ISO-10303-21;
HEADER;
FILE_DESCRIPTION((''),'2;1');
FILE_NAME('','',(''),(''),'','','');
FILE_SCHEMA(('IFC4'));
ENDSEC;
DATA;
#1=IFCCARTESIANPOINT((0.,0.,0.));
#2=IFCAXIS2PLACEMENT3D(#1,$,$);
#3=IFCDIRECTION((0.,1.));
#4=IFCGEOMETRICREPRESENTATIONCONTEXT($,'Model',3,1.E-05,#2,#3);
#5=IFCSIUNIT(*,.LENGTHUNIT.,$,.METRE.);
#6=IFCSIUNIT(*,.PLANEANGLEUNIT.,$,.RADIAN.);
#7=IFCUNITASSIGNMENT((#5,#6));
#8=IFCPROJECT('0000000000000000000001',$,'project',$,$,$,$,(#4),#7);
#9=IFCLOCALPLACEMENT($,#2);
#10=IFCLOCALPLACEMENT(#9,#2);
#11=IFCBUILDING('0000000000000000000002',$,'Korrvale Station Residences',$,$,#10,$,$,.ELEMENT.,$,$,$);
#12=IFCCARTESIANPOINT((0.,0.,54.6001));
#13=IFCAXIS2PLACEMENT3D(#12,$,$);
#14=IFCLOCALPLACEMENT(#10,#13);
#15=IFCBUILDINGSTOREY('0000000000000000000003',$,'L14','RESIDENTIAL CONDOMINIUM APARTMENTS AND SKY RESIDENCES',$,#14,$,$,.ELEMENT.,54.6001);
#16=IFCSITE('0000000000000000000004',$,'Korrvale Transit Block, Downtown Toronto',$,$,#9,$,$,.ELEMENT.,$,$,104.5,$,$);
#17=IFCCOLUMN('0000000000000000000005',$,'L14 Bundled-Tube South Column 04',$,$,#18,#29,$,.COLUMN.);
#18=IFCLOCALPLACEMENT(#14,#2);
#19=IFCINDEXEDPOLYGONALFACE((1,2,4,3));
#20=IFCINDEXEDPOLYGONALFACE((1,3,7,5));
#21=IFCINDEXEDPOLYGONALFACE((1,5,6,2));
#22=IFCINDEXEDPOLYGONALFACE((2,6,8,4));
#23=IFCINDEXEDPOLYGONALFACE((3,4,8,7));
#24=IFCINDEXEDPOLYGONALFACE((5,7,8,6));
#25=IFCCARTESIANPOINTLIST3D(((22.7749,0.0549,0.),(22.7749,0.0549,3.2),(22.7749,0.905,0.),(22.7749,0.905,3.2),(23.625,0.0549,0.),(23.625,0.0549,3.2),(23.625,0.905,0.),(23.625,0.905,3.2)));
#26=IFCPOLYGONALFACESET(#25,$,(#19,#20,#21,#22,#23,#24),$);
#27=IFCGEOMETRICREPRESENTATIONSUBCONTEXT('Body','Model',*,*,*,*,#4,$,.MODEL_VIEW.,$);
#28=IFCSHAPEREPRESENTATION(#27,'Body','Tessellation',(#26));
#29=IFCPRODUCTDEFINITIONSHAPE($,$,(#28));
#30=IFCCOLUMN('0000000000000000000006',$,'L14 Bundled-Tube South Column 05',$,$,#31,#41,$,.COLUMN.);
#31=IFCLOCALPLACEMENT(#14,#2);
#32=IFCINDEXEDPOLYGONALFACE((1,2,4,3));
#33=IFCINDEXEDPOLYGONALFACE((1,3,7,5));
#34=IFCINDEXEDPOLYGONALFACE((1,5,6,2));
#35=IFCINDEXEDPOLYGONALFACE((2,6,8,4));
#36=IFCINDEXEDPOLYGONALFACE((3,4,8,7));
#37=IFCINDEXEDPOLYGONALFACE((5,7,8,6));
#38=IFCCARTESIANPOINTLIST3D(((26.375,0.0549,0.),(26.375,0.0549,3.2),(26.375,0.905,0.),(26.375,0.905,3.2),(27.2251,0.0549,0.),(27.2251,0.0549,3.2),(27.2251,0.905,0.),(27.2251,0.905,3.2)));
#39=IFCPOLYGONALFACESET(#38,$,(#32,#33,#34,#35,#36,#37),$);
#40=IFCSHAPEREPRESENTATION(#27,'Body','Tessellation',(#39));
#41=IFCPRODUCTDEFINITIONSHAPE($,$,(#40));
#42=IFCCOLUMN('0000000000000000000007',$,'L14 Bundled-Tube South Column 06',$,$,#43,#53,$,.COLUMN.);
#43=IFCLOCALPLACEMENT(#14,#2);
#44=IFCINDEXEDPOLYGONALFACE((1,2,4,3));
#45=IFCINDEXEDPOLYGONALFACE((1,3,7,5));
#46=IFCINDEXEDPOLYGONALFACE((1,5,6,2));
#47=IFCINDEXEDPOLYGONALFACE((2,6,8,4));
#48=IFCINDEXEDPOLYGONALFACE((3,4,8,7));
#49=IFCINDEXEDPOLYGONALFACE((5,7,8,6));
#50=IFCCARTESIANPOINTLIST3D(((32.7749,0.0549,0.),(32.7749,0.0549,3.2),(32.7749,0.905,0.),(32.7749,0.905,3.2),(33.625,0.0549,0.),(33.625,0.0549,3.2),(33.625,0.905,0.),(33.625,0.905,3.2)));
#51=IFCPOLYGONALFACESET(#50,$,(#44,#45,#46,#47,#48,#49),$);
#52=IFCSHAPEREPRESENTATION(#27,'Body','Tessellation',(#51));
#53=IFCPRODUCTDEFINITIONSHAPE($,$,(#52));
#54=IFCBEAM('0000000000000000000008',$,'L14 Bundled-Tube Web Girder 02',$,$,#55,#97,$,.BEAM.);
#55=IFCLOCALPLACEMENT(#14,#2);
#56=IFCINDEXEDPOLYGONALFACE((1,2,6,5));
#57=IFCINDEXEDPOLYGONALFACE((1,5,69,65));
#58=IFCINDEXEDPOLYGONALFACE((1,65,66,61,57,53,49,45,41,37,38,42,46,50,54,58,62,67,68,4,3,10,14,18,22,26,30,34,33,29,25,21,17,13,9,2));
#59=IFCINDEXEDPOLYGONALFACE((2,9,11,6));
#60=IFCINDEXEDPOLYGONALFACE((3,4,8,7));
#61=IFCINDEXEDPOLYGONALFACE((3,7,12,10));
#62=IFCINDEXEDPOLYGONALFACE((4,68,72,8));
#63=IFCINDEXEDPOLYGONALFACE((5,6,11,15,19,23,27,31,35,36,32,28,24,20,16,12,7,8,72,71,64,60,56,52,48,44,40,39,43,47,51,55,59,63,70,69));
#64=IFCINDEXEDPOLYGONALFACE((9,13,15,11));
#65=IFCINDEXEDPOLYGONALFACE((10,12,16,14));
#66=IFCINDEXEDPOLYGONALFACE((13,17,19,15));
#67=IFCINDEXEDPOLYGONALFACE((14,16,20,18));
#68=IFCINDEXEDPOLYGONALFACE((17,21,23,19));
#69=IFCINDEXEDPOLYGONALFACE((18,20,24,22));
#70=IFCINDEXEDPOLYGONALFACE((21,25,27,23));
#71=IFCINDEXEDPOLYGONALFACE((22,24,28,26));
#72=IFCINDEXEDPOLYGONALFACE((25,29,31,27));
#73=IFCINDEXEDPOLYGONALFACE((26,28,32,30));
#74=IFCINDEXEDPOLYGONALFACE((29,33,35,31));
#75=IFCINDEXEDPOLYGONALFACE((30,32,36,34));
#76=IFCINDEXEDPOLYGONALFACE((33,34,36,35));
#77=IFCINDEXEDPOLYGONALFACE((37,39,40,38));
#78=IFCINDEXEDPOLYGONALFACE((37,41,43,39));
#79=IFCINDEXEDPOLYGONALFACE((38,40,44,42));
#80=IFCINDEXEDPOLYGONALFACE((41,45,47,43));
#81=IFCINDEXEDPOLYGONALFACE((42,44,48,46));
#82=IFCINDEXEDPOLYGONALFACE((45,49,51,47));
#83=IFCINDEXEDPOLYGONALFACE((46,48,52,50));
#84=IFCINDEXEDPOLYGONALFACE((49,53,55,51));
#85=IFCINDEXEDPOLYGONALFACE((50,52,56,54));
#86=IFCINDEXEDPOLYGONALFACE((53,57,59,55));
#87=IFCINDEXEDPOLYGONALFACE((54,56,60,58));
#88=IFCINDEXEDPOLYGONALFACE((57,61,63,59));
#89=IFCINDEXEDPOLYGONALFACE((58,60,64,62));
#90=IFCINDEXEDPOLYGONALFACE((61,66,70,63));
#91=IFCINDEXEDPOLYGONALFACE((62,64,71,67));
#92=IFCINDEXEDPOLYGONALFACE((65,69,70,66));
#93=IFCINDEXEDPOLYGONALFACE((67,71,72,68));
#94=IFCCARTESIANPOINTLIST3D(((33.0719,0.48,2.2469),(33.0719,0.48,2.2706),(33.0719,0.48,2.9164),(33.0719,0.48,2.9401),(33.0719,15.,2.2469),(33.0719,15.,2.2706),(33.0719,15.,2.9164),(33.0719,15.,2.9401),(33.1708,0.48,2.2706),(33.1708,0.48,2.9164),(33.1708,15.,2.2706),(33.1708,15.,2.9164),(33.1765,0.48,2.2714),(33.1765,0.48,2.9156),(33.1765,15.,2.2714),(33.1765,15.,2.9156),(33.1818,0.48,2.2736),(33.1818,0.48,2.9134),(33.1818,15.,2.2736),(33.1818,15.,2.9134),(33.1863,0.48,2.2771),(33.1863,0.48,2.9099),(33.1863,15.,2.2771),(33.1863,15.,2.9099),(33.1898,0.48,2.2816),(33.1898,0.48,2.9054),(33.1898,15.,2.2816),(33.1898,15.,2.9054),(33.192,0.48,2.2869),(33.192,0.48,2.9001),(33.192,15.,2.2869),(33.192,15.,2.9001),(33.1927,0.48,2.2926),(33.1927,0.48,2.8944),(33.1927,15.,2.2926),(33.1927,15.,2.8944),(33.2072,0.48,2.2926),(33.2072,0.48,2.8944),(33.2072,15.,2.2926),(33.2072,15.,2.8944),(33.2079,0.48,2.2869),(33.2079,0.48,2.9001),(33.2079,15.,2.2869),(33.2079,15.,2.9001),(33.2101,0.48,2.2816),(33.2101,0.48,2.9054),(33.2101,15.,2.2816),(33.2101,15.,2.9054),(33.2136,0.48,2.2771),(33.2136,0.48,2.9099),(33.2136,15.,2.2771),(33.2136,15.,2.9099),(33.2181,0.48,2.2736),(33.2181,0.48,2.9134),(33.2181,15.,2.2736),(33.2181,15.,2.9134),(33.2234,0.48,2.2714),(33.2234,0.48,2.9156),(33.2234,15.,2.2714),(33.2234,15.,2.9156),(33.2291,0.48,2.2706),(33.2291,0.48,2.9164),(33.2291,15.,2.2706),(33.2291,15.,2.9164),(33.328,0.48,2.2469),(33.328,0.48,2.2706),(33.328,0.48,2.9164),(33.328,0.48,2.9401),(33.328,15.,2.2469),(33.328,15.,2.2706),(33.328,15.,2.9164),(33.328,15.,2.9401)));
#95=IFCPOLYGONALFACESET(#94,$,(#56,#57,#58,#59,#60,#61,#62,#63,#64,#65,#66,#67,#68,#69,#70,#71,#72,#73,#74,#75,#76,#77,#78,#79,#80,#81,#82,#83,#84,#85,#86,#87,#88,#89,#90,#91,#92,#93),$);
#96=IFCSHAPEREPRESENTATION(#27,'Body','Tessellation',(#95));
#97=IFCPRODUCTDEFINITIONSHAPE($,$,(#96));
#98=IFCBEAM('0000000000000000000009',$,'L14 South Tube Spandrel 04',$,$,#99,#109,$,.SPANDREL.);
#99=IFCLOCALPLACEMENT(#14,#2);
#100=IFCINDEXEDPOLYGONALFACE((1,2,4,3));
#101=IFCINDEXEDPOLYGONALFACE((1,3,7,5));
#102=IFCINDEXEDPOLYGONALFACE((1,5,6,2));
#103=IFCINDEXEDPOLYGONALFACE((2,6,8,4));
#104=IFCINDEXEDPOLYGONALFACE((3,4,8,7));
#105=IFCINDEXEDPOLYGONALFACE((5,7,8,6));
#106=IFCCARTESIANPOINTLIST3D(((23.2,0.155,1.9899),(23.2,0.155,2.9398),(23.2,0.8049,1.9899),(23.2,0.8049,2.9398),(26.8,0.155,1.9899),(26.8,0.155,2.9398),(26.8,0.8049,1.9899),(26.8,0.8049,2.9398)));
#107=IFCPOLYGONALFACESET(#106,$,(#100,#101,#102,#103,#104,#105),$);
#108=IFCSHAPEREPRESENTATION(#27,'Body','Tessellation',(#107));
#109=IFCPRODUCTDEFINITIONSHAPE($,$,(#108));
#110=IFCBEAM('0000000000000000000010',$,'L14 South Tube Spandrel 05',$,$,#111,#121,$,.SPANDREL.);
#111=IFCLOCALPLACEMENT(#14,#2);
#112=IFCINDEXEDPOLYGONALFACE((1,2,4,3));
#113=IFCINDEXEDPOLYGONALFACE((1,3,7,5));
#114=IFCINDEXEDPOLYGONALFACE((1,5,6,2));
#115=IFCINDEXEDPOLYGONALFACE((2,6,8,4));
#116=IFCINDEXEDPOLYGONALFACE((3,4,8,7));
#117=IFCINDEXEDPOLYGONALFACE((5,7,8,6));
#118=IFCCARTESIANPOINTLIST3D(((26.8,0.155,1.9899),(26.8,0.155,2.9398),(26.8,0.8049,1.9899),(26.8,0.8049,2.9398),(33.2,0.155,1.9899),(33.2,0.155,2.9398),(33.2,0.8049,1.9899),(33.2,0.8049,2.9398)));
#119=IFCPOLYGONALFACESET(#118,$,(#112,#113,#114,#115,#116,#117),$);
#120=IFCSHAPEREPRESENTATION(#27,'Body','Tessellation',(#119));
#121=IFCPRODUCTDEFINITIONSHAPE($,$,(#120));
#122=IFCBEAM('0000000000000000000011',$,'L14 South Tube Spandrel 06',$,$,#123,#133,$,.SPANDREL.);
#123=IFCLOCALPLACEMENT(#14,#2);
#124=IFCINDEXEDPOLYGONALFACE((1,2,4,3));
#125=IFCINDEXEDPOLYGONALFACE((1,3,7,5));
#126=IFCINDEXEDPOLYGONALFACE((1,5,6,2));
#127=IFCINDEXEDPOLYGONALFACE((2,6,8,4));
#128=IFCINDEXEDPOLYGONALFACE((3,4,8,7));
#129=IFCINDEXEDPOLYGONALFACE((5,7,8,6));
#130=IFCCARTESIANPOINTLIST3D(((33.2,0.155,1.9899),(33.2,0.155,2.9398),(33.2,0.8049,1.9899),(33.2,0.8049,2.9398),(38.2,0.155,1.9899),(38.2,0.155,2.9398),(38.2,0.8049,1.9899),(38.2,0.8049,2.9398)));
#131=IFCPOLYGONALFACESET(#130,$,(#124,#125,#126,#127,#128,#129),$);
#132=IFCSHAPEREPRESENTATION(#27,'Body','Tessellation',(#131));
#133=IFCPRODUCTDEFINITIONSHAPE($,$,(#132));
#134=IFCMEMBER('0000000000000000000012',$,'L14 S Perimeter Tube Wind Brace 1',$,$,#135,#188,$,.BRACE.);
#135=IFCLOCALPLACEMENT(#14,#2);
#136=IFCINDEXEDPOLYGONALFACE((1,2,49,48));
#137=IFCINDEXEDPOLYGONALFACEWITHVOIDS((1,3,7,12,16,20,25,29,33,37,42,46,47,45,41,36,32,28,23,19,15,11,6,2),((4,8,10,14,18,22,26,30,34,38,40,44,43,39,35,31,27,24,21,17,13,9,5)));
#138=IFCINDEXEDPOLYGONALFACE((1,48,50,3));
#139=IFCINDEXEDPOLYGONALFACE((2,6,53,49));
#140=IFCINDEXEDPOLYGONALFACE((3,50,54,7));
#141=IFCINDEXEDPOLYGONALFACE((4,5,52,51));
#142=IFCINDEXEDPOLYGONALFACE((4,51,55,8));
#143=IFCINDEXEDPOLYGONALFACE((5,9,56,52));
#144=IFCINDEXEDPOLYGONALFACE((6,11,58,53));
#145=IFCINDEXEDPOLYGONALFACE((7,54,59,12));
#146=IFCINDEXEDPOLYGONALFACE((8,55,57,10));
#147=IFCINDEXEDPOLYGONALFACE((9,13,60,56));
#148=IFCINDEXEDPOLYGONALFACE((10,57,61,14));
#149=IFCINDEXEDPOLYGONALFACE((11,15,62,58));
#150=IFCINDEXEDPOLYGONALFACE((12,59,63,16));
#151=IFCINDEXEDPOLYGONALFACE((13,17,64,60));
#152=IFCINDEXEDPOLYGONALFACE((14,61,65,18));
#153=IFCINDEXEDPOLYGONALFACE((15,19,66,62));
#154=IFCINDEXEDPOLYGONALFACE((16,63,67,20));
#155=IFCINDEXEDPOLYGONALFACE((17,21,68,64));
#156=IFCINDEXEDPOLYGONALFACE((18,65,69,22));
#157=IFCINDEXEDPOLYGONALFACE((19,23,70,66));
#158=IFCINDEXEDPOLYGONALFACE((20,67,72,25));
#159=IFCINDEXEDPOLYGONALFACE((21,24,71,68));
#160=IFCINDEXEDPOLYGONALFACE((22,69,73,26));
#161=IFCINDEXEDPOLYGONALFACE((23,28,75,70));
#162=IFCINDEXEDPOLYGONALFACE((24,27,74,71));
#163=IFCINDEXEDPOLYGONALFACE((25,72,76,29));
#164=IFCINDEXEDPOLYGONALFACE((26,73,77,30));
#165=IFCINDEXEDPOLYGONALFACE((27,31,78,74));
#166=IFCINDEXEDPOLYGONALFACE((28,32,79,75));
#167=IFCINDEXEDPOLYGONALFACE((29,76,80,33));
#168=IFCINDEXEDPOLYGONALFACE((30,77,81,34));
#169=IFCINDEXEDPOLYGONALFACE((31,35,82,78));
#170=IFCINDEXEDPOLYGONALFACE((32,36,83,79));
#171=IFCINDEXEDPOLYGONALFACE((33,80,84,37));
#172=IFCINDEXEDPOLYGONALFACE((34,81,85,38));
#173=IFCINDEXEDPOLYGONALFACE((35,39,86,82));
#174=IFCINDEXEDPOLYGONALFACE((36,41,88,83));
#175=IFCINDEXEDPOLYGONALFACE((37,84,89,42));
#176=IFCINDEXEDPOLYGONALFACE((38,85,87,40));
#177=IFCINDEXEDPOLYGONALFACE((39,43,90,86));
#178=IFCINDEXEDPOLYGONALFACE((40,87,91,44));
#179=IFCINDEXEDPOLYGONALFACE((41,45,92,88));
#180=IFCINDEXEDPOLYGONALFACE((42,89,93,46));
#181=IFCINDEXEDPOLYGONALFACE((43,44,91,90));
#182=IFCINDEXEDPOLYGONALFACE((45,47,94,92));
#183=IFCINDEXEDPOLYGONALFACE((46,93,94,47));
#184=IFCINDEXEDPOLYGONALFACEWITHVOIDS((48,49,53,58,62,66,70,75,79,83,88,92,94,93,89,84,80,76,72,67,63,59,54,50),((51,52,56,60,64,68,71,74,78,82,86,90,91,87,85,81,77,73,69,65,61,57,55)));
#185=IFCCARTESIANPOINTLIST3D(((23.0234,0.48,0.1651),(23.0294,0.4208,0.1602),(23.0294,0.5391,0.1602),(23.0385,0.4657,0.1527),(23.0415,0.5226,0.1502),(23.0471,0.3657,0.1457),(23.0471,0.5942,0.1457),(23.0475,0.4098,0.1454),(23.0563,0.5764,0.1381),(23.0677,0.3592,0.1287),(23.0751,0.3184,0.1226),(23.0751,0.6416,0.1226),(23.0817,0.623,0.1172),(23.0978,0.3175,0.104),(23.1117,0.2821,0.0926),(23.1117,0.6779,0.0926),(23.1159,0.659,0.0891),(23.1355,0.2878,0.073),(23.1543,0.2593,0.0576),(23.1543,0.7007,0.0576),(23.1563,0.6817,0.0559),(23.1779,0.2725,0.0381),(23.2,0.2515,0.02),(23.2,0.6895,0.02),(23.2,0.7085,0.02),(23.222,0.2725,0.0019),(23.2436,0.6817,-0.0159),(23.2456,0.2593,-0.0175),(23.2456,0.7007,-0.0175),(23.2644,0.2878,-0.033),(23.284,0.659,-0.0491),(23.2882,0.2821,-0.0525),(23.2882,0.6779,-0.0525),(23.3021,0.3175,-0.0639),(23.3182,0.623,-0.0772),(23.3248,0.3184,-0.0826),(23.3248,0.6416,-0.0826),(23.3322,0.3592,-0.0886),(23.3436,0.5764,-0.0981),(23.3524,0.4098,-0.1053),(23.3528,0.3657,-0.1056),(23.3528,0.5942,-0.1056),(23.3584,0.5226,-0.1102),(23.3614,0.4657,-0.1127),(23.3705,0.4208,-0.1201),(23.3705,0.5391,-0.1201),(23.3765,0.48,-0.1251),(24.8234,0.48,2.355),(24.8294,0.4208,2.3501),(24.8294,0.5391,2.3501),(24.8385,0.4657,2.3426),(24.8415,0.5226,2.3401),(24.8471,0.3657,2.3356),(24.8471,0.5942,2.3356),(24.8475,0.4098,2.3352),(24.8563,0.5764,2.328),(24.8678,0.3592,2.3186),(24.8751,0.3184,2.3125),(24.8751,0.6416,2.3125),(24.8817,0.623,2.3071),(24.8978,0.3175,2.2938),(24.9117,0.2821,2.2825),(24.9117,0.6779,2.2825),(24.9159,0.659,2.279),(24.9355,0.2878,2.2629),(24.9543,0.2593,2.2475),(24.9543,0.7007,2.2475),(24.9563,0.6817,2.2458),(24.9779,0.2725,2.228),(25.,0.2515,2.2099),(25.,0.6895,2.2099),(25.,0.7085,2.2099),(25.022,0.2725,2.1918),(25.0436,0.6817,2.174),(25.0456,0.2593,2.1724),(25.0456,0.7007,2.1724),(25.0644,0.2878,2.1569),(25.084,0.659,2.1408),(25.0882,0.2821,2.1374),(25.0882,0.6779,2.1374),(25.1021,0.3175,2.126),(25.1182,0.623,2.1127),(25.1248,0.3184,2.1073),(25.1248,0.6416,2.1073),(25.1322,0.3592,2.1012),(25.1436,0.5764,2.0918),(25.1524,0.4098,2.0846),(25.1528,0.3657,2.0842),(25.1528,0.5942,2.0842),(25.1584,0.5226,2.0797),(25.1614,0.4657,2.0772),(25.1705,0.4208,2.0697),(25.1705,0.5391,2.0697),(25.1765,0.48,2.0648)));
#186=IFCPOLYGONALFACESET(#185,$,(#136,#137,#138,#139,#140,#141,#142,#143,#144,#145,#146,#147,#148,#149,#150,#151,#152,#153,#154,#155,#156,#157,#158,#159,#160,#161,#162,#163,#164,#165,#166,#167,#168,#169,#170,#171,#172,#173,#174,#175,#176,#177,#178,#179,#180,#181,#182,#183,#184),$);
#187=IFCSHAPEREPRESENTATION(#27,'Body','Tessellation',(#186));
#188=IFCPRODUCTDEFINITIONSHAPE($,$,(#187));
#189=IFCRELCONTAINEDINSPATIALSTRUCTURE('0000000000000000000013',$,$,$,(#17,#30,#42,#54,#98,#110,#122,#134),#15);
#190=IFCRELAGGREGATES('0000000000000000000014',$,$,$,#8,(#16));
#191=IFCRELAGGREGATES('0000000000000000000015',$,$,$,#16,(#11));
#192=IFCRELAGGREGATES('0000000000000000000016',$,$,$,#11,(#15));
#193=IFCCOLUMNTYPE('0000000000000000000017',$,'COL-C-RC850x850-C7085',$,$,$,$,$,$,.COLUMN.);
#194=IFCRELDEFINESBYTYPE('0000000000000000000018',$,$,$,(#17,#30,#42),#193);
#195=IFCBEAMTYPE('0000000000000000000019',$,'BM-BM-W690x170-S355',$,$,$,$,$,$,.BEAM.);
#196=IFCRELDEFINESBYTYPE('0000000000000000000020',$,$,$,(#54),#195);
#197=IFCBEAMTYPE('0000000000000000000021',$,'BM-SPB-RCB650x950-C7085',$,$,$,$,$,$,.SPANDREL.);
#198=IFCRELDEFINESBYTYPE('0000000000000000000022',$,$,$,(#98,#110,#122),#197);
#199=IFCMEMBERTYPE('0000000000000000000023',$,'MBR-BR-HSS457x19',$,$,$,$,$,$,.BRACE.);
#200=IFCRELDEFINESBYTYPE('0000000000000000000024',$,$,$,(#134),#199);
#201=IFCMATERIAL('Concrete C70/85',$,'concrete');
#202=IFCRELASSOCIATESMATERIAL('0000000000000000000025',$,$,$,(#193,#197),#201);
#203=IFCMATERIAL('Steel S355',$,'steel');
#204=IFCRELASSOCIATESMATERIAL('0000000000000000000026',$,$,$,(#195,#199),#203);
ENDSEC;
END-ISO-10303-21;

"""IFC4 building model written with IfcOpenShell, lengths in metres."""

from ifc_helpers import new_model, si_unit, direction, frame, origin, origin_2d, place, context, subcontext, project, spatial, rectangle, hollow_circle, i_section, extrude, material, material_profile, profile_set, type_object, element, save


model = new_model("IFC4")

# Units and contexts
model_context = context("Model", 3, precision=1e-05, world=origin(), true_north=direction((0.0, 1.0)))
body_context = subcontext(model_context, "Body", "Model", "MODEL_VIEW")
ifc_project = project(units=[si_unit("LENGTHUNIT", "METRE"), si_unit("PLANEANGLEUNIT", "RADIAN")], contexts=[model_context])

# Site, building, storey
site_placement = place(None, origin())
site = spatial("IfcSite", under=ifc_project, at=site_placement, Name="Korrvale Transit Block, Downtown Toronto", CompositionType="ELEMENT", RefElevation=104.5)
building_placement = place(site_placement, origin())
building = spatial("IfcBuilding", under=site, at=building_placement, Name="Korrvale Station Residences", CompositionType="ELEMENT")
storey_placement = place(building_placement, frame((0.0, 0.0, 54.6001)))
storey = spatial("IfcBuildingStorey", under=building, at=storey_placement, Name="L14", Description="RESIDENTIAL CONDOMINIUM APARTMENTS AND SKY RESIDENCES", CompositionType="ELEMENT", Elevation=54.6001)

# Columns
ifc_material_1 = material(Name="Concrete C70/85", Category="concrete")
ifc_material_profile_1 = material_profile(ifc_material_1, rectangle(XDim=0.8501, YDim=0.8501, at=origin_2d()), Name="RC850x850")
ifc_profile_set_1 = profile_set([ifc_material_profile_1], Name="Concrete C70/85")
column_type = type_object("IfcColumnType", Name="COL-C-RC850x850-C7085", PredefinedType="COLUMN", material=ifc_profile_set_1)
for number, where, z_axis, x_axis, name in (
    (1, (23.2, 0.48, 0.0), (0.0, 0.0, 1.0), (1.0, 0.0, 0.0), "L14 Bundled-Tube South Column 04"),
    (2, (26.8, 0.48, 0.0), (0.0, 0.0, 1.0), (1.0, 0.0, 0.0), "L14 Bundled-Tube South Column 05"),
    (3, (33.2, 0.48, 0.0), (0.0, 0.0, 1.0), (1.0, 0.0, 0.0), "L14 Bundled-Tube South Column 06"),
):
    element("IfcColumn", number, at=place(storey_placement, frame(where, z_axis=z_axis, x_axis=x_axis)), inside=storey, type_object=column_type, Name=name, PredefinedType="COLUMN", context=body_context, shape_type="SweptSolid", body=[
        extrude(rectangle(XDim=0.8501, YDim=0.8501, at=origin_2d()), origin(), (0.0, 0.0, 1.0), 3.2),
    ])

# Beams
ifc_material_2 = material(Name="Steel S355", Category="steel")
ifc_material_profile_2 = material_profile(ifc_material_2, i_section(OverallWidth=0.2561, OverallDepth=0.6931, WebThickness=0.0144, FlangeThickness=0.0237, FilletRadius=0.022, at=origin_2d()), Name="W690x170")
ifc_profile_set_2 = profile_set([ifc_material_profile_2], Name="Steel S355")
beam_type_1 = type_object("IfcBeamType", Name="BM-BM-W690x170-S355", PredefinedType="BEAM", material=ifc_profile_set_2)
beam_1_placement = place(storey_placement, frame((33.2, 0.48, 2.5935), z_axis=(0.0, 1.0, 0.0), x_axis=(-1.0, 0.0, 0.0)))
element("IfcBeam", 4, at=beam_1_placement, inside=storey, type_object=beam_type_1, Name="L14 Bundled-Tube Web Girder 02", PredefinedType="BEAM", context=body_context, shape_type="SweptSolid", body=[
    extrude(i_section(OverallWidth=0.2561, OverallDepth=0.6931, WebThickness=0.0144, FlangeThickness=0.0237, FilletRadius=0.022, at=origin_2d()), origin(), (0.0, 0.0, 1.0), 14.52),
])
ifc_material_profile_3 = material_profile(ifc_material_1, rectangle(XDim=0.6499, YDim=0.95, at=origin_2d()), Name="RCB650x950")
ifc_profile_set_3 = profile_set([ifc_material_profile_3], Name="Concrete C70/85")
beam_type_2 = type_object("IfcBeamType", Name="BM-SPB-RCB650x950-C7085", PredefinedType="SPANDREL", material=ifc_profile_set_3)
beam_2_placement = place(storey_placement, frame((23.2, 0.48, 2.4648), z_axis=(1.0, 0.0, 0.0), x_axis=(0.0, 1.0, 0.0)))
element("IfcBeam", 5, at=beam_2_placement, inside=storey, type_object=beam_type_2, Name="L14 South Tube Spandrel 04", PredefinedType="SPANDREL", context=body_context, shape_type="SweptSolid", body=[
    extrude(rectangle(XDim=0.6499, YDim=0.95, at=origin_2d()), origin(), (0.0, 0.0, 1.0), 3.6001),
])
beam_3_placement = place(storey_placement, frame((26.8, 0.48, 2.4648), z_axis=(1.0, 0.0, 0.0), x_axis=(0.0, 1.0, 0.0)))
element("IfcBeam", 6, at=beam_3_placement, inside=storey, type_object=beam_type_2, Name="L14 South Tube Spandrel 05", PredefinedType="SPANDREL", context=body_context, shape_type="SweptSolid", body=[
    extrude(rectangle(XDim=0.6499, YDim=0.95, at=origin_2d()), origin(), (0.0, 0.0, 1.0), 6.3999),
])
beam_4_placement = place(storey_placement, frame((33.2, 0.48, 2.4648), z_axis=(1.0, 0.0, 0.0), x_axis=(0.0, 1.0, 0.0)))
element("IfcBeam", 7, at=beam_4_placement, inside=storey, type_object=beam_type_2, Name="L14 South Tube Spandrel 06", PredefinedType="SPANDREL", context=body_context, shape_type="SweptSolid", body=[
    extrude(rectangle(XDim=0.6499, YDim=0.95, at=origin_2d()), origin(), (0.0, 0.0, 1.0), 5.0),
])

# Member
ifc_material_profile_4 = material_profile(ifc_material_2, hollow_circle(Radius=0.2285, WallThickness=0.019, at=origin_2d()), Name="HSS457x19")
ifc_profile_set_4 = profile_set([ifc_material_profile_4], Name="Steel S355")
member_type = type_object("IfcMemberType", Name="MBR-BR-HSS457x19", PredefinedType="BRACE", material=ifc_profile_set_4)
for number, where, z_axis, x_axis, name in (
    (8, (23.2, 0.48, 0.02), (0.634985, 0.0, 0.772524), (0.0, 1.0, 0.0), "L14 S Perimeter Tube Wind Brace 1"),
):
    element("IfcMember", number, at=place(storey_placement, frame(where, z_axis=z_axis, x_axis=x_axis)), inside=storey, type_object=member_type, Name=name, PredefinedType="BRACE", context=body_context, shape_type="SweptSolid", body=[
        extrude(hollow_circle(Radius=0.2285, WallThickness=0.019, at=origin_2d()), origin(), (0.0, 0.0, 1.0), 2.8347),
    ])

save(model, "model.ifc")
